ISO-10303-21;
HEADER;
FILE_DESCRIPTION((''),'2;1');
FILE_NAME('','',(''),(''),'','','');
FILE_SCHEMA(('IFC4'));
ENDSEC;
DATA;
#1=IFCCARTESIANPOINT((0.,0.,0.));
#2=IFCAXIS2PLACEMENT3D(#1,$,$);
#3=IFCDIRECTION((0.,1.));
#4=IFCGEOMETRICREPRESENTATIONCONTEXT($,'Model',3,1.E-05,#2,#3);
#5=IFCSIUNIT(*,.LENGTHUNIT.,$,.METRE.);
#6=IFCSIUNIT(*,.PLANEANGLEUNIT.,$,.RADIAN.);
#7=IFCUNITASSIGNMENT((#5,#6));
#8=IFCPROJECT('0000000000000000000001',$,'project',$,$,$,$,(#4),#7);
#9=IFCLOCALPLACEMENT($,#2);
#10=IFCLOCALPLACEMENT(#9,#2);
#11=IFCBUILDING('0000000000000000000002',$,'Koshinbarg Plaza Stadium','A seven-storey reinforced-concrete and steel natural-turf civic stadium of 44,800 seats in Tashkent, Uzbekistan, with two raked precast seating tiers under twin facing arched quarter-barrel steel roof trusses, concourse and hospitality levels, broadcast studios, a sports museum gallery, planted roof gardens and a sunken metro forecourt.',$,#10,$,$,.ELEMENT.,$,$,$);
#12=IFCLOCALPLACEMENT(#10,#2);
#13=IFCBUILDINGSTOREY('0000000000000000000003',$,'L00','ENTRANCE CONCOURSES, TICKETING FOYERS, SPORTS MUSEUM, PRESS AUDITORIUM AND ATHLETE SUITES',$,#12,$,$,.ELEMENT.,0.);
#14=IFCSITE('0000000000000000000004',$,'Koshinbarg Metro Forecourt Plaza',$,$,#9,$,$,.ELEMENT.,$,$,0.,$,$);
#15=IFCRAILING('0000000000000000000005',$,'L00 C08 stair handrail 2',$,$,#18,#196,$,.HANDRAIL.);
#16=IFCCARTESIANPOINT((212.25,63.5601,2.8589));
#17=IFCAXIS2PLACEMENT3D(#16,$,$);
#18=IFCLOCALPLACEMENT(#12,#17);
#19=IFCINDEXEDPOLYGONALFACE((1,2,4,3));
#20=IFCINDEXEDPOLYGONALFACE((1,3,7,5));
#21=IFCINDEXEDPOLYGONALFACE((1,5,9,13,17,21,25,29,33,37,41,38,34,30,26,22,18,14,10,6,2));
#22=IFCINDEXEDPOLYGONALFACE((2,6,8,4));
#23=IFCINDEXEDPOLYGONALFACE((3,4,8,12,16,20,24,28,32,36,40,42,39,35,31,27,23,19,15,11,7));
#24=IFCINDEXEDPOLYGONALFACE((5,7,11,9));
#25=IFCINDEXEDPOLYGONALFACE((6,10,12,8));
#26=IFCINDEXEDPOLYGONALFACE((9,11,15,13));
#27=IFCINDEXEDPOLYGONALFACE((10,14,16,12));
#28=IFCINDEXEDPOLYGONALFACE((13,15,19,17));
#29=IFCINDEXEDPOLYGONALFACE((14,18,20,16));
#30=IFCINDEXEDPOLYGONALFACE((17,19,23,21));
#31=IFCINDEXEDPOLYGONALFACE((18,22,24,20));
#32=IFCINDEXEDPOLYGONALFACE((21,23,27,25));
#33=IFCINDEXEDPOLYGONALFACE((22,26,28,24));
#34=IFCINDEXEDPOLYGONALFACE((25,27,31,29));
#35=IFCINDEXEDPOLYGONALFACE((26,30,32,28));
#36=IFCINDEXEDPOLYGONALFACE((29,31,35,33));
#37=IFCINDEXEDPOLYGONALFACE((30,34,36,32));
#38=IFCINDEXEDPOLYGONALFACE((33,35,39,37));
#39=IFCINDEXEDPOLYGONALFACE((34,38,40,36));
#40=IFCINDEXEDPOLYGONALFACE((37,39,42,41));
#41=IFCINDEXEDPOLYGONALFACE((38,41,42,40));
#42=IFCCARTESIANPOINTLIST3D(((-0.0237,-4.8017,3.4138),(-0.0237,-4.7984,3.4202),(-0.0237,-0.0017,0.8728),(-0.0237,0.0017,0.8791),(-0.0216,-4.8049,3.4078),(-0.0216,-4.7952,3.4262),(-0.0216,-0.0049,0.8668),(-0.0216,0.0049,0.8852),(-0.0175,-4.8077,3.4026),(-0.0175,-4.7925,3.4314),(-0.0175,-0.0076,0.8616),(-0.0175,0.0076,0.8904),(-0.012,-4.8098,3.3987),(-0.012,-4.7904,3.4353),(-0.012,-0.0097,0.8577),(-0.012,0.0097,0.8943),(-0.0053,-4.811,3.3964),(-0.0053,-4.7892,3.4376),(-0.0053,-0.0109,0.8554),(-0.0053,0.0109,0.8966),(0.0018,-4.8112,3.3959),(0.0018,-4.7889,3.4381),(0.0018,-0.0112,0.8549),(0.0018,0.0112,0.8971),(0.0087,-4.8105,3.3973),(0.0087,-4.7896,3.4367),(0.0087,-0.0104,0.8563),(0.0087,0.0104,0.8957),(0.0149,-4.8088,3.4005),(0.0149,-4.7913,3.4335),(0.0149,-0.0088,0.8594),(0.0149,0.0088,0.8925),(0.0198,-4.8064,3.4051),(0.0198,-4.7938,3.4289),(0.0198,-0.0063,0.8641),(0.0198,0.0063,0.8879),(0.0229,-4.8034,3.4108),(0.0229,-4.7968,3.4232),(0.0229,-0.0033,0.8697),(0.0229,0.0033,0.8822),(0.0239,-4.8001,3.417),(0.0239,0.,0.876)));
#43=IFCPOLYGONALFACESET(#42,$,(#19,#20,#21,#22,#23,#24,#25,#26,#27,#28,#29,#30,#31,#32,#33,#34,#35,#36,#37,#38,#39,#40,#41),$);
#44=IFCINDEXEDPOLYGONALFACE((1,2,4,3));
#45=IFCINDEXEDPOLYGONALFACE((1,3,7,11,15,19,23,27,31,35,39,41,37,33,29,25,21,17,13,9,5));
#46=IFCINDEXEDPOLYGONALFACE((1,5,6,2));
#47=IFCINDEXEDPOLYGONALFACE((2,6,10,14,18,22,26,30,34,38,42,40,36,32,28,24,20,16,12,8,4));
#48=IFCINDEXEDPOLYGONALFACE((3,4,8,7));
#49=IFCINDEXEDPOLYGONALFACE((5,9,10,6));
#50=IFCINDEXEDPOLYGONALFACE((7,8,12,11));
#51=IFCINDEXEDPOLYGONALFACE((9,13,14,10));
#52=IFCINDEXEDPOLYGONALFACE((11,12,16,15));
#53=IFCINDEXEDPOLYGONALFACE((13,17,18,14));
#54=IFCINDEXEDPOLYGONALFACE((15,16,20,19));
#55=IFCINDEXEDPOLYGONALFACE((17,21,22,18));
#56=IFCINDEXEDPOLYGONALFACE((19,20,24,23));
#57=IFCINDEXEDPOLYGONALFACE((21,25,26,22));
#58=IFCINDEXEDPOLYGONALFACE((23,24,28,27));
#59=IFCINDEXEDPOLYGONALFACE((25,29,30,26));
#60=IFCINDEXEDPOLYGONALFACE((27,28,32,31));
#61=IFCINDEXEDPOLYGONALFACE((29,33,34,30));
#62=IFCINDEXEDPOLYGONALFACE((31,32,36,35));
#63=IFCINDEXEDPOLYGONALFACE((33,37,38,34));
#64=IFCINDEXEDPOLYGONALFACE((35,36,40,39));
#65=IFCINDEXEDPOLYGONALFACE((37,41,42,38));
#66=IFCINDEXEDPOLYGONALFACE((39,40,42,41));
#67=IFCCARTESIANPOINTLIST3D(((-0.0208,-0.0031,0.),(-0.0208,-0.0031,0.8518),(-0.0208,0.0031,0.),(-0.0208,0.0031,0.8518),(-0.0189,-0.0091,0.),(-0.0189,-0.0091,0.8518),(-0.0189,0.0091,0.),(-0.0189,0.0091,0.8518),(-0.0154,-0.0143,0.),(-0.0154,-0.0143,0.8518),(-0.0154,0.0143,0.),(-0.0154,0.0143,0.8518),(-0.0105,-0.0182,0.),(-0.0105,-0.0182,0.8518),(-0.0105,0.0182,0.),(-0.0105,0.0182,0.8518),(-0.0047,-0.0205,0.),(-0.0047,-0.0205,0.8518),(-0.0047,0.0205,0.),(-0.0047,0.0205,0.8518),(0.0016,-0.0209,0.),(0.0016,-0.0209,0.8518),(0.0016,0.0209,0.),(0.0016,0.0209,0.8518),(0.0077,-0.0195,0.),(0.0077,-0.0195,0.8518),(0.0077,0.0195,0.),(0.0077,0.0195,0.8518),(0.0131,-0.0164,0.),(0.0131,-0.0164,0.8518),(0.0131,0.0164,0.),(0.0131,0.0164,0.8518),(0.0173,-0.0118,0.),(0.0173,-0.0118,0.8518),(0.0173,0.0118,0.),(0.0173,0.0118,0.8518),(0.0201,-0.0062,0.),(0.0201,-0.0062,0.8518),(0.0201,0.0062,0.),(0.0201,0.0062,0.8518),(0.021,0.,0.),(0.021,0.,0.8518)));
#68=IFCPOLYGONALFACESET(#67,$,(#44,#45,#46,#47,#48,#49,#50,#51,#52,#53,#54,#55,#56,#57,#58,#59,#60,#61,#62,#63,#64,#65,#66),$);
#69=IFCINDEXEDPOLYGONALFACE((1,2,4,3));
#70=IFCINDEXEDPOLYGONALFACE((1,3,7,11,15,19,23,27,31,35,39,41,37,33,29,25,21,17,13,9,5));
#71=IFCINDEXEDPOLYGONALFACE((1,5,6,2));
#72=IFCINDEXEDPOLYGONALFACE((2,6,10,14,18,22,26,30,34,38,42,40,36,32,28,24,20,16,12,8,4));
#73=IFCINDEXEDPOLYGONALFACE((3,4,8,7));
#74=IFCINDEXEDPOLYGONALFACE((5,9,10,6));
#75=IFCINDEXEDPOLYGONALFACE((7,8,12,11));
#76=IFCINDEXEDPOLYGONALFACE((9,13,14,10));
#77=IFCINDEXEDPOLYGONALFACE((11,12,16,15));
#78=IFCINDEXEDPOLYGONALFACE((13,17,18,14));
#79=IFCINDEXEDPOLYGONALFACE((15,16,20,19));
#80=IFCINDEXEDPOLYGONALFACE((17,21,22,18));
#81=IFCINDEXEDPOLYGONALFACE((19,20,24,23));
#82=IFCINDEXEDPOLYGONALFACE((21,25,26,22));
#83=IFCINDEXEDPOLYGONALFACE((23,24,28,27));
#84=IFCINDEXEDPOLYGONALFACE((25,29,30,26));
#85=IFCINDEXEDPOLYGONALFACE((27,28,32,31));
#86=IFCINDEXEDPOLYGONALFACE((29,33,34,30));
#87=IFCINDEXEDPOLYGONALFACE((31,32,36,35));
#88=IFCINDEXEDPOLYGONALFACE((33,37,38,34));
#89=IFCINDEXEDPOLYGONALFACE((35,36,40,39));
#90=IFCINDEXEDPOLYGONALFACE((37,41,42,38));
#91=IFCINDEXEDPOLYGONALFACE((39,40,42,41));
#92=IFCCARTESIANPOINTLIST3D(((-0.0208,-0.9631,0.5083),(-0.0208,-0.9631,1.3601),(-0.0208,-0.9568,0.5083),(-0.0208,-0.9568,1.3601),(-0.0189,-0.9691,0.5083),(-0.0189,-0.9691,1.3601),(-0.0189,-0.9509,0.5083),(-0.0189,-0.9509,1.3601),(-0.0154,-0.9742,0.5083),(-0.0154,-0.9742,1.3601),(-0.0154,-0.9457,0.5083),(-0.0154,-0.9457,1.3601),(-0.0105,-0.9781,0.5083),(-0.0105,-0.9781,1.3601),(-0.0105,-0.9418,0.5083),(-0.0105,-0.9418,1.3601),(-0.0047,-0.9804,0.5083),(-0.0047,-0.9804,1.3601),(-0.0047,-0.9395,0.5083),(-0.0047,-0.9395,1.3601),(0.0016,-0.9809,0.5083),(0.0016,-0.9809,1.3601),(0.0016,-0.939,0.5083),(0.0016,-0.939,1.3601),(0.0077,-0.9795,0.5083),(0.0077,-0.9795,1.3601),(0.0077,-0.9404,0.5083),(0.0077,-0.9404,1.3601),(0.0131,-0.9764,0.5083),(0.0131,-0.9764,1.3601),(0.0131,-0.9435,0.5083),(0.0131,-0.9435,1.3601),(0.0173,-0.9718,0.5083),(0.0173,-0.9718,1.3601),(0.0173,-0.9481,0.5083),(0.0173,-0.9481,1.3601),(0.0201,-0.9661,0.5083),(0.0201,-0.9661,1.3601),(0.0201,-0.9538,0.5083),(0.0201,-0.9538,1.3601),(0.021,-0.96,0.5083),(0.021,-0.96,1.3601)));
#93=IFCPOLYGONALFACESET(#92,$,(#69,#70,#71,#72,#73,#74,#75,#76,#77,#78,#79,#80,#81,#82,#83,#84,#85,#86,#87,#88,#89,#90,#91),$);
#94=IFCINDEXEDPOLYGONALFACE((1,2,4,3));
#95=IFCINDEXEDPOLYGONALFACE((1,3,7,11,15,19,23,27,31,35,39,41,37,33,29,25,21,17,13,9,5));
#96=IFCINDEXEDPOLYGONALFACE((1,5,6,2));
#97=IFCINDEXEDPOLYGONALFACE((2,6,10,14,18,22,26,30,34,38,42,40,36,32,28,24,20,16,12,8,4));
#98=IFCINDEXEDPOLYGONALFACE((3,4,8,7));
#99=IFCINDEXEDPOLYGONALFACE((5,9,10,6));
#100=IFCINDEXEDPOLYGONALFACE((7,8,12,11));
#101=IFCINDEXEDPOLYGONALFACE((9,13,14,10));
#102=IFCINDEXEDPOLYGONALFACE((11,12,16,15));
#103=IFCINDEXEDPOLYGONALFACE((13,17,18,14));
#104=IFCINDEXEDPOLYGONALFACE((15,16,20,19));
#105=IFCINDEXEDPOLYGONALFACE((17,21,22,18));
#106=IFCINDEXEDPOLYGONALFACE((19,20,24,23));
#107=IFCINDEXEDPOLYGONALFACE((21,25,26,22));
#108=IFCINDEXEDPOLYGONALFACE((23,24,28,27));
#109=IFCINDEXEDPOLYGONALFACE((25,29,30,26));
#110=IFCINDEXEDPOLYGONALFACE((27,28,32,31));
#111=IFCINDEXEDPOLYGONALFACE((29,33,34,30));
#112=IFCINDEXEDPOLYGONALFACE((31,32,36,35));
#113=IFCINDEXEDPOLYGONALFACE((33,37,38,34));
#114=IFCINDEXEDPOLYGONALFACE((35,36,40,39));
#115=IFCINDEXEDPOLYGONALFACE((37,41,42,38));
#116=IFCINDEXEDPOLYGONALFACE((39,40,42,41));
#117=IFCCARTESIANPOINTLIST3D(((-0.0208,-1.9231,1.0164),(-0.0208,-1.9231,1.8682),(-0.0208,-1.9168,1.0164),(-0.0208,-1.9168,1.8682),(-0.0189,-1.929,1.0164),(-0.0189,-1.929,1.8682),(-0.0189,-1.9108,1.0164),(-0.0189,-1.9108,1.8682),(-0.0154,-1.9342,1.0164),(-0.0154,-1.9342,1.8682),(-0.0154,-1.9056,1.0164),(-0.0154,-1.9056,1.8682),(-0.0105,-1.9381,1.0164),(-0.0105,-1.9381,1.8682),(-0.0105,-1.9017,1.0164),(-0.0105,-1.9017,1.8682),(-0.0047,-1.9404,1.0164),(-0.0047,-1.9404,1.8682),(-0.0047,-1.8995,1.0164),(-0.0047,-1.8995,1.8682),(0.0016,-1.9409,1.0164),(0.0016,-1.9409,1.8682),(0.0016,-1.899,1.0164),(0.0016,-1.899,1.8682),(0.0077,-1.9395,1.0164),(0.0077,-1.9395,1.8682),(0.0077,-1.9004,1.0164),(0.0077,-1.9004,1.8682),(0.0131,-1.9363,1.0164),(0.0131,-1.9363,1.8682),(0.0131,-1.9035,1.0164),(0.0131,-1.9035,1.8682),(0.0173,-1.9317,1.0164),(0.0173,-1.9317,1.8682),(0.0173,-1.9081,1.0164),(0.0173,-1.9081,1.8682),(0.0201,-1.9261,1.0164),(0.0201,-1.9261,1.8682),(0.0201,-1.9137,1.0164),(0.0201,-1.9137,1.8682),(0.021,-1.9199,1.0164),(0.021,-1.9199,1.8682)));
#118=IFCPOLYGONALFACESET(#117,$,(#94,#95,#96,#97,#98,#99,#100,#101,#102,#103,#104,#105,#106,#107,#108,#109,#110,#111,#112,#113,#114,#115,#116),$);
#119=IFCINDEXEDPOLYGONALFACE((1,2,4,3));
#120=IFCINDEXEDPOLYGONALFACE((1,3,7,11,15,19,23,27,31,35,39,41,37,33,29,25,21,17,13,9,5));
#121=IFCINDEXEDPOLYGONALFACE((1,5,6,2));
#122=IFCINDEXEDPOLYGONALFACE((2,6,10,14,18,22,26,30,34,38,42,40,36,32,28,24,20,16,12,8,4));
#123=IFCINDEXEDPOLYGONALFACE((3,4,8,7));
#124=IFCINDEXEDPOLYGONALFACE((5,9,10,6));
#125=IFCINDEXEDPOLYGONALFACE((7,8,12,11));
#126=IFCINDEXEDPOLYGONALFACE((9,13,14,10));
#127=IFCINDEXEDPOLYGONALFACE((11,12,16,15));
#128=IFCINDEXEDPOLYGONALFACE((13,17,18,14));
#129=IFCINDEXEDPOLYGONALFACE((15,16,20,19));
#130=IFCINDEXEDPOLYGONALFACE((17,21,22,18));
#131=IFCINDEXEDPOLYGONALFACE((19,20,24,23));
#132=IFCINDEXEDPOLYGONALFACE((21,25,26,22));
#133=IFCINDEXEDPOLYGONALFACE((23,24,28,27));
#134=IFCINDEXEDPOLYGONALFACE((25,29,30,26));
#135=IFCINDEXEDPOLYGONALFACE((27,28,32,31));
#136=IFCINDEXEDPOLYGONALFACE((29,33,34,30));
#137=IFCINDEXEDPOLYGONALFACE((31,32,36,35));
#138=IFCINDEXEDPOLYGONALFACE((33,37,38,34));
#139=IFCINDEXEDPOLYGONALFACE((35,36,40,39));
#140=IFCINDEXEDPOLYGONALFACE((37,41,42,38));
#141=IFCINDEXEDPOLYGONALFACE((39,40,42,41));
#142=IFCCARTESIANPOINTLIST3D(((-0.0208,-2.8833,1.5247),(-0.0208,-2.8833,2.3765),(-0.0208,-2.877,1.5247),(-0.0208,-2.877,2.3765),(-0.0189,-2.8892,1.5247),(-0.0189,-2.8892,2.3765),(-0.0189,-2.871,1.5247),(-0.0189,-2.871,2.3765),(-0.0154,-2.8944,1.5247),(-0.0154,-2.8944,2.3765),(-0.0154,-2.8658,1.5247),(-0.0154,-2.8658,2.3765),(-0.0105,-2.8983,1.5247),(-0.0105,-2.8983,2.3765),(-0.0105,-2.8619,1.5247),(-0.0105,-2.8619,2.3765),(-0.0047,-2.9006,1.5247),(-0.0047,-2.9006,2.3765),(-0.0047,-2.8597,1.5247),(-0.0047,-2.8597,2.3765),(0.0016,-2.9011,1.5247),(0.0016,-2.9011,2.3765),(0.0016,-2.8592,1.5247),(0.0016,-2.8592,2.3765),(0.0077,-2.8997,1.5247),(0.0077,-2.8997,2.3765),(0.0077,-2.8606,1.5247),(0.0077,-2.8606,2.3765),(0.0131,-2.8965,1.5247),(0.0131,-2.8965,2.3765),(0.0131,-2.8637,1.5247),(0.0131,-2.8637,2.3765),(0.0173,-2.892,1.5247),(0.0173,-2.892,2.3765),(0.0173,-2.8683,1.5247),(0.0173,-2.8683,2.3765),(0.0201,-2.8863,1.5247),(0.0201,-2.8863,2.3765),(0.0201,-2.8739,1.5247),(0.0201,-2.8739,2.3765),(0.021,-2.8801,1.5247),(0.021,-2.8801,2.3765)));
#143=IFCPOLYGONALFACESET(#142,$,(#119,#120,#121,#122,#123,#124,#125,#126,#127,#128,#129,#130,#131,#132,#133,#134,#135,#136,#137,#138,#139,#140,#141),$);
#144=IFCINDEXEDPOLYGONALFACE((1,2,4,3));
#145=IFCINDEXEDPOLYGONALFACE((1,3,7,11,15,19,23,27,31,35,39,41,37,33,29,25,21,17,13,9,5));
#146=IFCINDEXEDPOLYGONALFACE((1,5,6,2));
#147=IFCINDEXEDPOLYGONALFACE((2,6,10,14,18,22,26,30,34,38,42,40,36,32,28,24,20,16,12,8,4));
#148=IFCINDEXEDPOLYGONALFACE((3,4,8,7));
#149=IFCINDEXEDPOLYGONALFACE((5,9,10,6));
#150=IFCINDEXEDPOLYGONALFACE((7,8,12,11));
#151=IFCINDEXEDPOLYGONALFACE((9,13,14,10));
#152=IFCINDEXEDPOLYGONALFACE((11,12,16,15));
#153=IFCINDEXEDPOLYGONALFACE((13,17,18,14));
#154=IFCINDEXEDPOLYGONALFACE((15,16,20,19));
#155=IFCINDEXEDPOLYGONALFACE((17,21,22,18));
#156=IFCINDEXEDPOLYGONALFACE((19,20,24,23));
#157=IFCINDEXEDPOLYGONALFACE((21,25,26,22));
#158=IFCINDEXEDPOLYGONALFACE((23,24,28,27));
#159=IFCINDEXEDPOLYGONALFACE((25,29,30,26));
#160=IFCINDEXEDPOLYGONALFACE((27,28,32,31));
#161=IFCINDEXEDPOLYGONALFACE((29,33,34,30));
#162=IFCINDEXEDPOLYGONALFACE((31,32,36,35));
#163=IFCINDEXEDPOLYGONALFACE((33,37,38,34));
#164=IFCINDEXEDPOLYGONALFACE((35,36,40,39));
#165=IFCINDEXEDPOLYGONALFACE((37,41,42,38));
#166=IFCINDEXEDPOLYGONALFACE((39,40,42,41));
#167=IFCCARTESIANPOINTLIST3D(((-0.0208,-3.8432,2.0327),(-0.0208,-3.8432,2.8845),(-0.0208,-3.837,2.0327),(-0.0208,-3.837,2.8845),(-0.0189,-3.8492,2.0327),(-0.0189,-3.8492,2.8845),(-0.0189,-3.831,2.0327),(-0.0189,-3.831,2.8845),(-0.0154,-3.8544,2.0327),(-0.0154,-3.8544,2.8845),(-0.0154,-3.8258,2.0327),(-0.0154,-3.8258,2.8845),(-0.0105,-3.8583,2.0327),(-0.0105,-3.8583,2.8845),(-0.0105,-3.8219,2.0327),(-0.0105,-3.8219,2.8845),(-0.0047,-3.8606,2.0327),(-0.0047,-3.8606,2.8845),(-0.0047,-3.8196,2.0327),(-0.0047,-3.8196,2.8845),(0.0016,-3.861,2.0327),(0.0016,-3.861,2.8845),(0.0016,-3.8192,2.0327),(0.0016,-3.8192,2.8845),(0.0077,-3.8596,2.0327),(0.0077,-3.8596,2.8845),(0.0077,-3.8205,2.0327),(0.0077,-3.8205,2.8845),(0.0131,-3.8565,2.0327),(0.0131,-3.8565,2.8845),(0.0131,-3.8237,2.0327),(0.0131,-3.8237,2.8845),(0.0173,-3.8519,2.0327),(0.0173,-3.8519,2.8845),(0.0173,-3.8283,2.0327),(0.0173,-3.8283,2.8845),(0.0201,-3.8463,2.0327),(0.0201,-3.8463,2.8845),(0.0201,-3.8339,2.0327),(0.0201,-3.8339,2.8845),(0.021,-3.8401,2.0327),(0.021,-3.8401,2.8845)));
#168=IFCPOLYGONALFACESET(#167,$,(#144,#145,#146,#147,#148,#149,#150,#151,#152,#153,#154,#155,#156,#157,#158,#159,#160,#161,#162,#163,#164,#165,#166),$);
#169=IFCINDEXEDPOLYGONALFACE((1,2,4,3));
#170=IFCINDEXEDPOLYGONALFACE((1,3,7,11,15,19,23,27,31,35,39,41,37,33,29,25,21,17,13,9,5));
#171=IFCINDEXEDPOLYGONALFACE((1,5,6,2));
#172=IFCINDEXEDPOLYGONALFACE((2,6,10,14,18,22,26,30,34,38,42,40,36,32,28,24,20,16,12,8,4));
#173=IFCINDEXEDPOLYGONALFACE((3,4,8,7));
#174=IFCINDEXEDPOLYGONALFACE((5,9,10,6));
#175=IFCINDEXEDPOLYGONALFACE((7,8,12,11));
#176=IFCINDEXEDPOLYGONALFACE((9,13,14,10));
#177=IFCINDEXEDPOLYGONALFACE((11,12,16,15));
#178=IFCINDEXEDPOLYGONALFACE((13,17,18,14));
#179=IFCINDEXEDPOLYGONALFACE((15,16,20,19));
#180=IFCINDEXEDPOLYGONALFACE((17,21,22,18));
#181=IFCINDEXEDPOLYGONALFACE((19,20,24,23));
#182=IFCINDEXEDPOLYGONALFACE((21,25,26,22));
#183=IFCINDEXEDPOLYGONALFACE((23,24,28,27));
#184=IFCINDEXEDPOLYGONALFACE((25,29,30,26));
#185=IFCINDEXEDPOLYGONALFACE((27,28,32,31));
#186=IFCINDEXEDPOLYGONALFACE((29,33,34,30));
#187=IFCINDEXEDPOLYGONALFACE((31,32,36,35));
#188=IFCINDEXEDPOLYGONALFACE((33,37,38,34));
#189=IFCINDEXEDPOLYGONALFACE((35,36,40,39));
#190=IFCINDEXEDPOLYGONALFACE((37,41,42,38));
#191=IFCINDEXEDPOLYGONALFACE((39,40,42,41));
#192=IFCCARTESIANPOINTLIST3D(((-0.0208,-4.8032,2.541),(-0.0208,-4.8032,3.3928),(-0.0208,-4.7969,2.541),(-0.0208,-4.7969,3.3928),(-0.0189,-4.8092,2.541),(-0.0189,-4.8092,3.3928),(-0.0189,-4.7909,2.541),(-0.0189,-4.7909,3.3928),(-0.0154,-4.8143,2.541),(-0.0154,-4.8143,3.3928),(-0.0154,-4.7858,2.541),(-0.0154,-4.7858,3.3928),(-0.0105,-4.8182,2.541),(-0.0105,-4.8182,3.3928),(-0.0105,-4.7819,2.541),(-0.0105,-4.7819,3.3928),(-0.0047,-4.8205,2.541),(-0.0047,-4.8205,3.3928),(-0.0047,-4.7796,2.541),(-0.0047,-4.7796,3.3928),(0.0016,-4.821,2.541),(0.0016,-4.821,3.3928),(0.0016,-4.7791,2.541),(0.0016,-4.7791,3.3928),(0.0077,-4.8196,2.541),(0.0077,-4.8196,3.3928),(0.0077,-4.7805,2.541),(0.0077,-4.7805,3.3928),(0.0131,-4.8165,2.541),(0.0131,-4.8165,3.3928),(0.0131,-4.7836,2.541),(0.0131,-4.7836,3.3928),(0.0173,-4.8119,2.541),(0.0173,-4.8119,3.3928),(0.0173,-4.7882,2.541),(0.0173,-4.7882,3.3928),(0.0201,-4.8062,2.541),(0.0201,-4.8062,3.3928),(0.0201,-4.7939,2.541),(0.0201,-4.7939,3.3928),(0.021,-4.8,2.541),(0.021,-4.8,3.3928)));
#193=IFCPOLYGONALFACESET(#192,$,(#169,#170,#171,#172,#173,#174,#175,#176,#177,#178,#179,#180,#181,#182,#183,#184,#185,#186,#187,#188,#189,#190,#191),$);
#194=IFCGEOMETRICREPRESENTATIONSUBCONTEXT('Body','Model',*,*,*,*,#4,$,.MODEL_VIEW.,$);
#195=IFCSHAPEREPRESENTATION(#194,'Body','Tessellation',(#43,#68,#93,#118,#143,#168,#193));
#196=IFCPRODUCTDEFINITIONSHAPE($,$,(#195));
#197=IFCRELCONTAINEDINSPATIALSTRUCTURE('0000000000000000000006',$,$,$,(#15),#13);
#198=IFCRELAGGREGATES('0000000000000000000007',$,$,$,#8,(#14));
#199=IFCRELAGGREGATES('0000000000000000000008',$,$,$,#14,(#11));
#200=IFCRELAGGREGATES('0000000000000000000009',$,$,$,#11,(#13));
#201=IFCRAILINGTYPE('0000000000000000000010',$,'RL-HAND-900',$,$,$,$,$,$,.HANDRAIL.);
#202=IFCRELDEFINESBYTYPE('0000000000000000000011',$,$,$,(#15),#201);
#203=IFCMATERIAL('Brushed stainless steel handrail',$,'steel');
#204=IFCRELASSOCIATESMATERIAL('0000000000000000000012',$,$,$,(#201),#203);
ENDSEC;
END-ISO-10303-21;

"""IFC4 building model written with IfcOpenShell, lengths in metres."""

from ifc_helpers import new_model, si_unit, direction, frame, origin, origin_2d, place, context, subcontext, project, spatial, circle, extrude, material, type_object, element, save


model = new_model("IFC4")

# Units and contexts
model_context = context("Model", 3, precision=1e-05, world=origin(), true_north=direction((0.0, 1.0)))
body_context = subcontext(model_context, "Body", "Model", "MODEL_VIEW")
ifc_project = project(units=[si_unit("LENGTHUNIT", "METRE"), si_unit("PLANEANGLEUNIT", "RADIAN")], contexts=[model_context])

# Site, building, storey
site_placement = place(None, origin())
site = spatial("IfcSite", under=ifc_project, at=site_placement, Name="Koshinbarg Metro Forecourt Plaza", CompositionType="ELEMENT", RefElevation=0.0)
building_placement = place(site_placement, origin())
building = spatial("IfcBuilding", under=site, at=building_placement, Name="Koshinbarg Plaza Stadium", Description="A seven-storey reinforced-concrete and steel natural-turf civic stadium of 44,800 seats in Tashkent, Uzbekistan, with two raked precast seating tiers under twin facing arched quarter-barrel steel roof trusses, concourse and hospitality levels, broadcast studios, a sports museum gallery, planted roof gardens and a sunken metro forecourt.", CompositionType="ELEMENT")
storey_placement = place(building_placement, origin())
storey = spatial("IfcBuildingStorey", under=building, at=storey_placement, Name="L00", Description="ENTRANCE CONCOURSES, TICKETING FOYERS, SPORTS MUSEUM, PRESS AUDITORIUM AND ATHLETE SUITES", CompositionType="ELEMENT", Elevation=0.0)

# Railing
ifc_material_1 = material(Name="Brushed stainless steel handrail", Category="steel")
railing_type_1 = type_object("IfcRailingType", Name="RL-HAND-900", PredefinedType="HANDRAIL", material=ifc_material_1)
railing_1_placement = place(storey_placement, frame((212.25, 63.5601, 2.8589)))
element("IfcRailing", 1, at=railing_1_placement, inside=storey, type_object=railing_type_1, Name="L00 C08 stair handrail 2", PredefinedType="HANDRAIL", context=body_context, shape_type="SweptSolid", body=[
    extrude(circle(Radius=0.0239, at=origin_2d()), frame((0.0, 0.0, 0.876), z_axis=(0.0, -0.883802, 0.467861), x_axis=(1.0, 0.0, 0.0)), (0.0, 0.0, 1.0), 5.4312),
    extrude(circle(Radius=0.021, at=origin_2d()), origin(), (0.0, 0.0, 1.0), 0.8518),
    extrude(circle(Radius=0.021, at=origin_2d()), frame((0.0, -0.96, 0.5083)), (0.0, 0.0, 1.0), 0.8518),
    extrude(circle(Radius=0.021, at=origin_2d()), frame((0.0, -1.9199, 1.0164)), (0.0, 0.0, 1.0), 0.8518),
    extrude(circle(Radius=0.021, at=origin_2d()), frame((0.0, -2.8801, 1.5247)), (0.0, 0.0, 1.0), 0.8518),
    extrude(circle(Radius=0.021, at=origin_2d()), frame((0.0, -3.8401, 2.0327)), (0.0, 0.0, 1.0), 0.8518),
    extrude(circle(Radius=0.021, at=origin_2d()), frame((0.0, -4.8, 2.541)), (0.0, 0.0, 1.0), 0.8518),
])

save(model, "model.ifc")
